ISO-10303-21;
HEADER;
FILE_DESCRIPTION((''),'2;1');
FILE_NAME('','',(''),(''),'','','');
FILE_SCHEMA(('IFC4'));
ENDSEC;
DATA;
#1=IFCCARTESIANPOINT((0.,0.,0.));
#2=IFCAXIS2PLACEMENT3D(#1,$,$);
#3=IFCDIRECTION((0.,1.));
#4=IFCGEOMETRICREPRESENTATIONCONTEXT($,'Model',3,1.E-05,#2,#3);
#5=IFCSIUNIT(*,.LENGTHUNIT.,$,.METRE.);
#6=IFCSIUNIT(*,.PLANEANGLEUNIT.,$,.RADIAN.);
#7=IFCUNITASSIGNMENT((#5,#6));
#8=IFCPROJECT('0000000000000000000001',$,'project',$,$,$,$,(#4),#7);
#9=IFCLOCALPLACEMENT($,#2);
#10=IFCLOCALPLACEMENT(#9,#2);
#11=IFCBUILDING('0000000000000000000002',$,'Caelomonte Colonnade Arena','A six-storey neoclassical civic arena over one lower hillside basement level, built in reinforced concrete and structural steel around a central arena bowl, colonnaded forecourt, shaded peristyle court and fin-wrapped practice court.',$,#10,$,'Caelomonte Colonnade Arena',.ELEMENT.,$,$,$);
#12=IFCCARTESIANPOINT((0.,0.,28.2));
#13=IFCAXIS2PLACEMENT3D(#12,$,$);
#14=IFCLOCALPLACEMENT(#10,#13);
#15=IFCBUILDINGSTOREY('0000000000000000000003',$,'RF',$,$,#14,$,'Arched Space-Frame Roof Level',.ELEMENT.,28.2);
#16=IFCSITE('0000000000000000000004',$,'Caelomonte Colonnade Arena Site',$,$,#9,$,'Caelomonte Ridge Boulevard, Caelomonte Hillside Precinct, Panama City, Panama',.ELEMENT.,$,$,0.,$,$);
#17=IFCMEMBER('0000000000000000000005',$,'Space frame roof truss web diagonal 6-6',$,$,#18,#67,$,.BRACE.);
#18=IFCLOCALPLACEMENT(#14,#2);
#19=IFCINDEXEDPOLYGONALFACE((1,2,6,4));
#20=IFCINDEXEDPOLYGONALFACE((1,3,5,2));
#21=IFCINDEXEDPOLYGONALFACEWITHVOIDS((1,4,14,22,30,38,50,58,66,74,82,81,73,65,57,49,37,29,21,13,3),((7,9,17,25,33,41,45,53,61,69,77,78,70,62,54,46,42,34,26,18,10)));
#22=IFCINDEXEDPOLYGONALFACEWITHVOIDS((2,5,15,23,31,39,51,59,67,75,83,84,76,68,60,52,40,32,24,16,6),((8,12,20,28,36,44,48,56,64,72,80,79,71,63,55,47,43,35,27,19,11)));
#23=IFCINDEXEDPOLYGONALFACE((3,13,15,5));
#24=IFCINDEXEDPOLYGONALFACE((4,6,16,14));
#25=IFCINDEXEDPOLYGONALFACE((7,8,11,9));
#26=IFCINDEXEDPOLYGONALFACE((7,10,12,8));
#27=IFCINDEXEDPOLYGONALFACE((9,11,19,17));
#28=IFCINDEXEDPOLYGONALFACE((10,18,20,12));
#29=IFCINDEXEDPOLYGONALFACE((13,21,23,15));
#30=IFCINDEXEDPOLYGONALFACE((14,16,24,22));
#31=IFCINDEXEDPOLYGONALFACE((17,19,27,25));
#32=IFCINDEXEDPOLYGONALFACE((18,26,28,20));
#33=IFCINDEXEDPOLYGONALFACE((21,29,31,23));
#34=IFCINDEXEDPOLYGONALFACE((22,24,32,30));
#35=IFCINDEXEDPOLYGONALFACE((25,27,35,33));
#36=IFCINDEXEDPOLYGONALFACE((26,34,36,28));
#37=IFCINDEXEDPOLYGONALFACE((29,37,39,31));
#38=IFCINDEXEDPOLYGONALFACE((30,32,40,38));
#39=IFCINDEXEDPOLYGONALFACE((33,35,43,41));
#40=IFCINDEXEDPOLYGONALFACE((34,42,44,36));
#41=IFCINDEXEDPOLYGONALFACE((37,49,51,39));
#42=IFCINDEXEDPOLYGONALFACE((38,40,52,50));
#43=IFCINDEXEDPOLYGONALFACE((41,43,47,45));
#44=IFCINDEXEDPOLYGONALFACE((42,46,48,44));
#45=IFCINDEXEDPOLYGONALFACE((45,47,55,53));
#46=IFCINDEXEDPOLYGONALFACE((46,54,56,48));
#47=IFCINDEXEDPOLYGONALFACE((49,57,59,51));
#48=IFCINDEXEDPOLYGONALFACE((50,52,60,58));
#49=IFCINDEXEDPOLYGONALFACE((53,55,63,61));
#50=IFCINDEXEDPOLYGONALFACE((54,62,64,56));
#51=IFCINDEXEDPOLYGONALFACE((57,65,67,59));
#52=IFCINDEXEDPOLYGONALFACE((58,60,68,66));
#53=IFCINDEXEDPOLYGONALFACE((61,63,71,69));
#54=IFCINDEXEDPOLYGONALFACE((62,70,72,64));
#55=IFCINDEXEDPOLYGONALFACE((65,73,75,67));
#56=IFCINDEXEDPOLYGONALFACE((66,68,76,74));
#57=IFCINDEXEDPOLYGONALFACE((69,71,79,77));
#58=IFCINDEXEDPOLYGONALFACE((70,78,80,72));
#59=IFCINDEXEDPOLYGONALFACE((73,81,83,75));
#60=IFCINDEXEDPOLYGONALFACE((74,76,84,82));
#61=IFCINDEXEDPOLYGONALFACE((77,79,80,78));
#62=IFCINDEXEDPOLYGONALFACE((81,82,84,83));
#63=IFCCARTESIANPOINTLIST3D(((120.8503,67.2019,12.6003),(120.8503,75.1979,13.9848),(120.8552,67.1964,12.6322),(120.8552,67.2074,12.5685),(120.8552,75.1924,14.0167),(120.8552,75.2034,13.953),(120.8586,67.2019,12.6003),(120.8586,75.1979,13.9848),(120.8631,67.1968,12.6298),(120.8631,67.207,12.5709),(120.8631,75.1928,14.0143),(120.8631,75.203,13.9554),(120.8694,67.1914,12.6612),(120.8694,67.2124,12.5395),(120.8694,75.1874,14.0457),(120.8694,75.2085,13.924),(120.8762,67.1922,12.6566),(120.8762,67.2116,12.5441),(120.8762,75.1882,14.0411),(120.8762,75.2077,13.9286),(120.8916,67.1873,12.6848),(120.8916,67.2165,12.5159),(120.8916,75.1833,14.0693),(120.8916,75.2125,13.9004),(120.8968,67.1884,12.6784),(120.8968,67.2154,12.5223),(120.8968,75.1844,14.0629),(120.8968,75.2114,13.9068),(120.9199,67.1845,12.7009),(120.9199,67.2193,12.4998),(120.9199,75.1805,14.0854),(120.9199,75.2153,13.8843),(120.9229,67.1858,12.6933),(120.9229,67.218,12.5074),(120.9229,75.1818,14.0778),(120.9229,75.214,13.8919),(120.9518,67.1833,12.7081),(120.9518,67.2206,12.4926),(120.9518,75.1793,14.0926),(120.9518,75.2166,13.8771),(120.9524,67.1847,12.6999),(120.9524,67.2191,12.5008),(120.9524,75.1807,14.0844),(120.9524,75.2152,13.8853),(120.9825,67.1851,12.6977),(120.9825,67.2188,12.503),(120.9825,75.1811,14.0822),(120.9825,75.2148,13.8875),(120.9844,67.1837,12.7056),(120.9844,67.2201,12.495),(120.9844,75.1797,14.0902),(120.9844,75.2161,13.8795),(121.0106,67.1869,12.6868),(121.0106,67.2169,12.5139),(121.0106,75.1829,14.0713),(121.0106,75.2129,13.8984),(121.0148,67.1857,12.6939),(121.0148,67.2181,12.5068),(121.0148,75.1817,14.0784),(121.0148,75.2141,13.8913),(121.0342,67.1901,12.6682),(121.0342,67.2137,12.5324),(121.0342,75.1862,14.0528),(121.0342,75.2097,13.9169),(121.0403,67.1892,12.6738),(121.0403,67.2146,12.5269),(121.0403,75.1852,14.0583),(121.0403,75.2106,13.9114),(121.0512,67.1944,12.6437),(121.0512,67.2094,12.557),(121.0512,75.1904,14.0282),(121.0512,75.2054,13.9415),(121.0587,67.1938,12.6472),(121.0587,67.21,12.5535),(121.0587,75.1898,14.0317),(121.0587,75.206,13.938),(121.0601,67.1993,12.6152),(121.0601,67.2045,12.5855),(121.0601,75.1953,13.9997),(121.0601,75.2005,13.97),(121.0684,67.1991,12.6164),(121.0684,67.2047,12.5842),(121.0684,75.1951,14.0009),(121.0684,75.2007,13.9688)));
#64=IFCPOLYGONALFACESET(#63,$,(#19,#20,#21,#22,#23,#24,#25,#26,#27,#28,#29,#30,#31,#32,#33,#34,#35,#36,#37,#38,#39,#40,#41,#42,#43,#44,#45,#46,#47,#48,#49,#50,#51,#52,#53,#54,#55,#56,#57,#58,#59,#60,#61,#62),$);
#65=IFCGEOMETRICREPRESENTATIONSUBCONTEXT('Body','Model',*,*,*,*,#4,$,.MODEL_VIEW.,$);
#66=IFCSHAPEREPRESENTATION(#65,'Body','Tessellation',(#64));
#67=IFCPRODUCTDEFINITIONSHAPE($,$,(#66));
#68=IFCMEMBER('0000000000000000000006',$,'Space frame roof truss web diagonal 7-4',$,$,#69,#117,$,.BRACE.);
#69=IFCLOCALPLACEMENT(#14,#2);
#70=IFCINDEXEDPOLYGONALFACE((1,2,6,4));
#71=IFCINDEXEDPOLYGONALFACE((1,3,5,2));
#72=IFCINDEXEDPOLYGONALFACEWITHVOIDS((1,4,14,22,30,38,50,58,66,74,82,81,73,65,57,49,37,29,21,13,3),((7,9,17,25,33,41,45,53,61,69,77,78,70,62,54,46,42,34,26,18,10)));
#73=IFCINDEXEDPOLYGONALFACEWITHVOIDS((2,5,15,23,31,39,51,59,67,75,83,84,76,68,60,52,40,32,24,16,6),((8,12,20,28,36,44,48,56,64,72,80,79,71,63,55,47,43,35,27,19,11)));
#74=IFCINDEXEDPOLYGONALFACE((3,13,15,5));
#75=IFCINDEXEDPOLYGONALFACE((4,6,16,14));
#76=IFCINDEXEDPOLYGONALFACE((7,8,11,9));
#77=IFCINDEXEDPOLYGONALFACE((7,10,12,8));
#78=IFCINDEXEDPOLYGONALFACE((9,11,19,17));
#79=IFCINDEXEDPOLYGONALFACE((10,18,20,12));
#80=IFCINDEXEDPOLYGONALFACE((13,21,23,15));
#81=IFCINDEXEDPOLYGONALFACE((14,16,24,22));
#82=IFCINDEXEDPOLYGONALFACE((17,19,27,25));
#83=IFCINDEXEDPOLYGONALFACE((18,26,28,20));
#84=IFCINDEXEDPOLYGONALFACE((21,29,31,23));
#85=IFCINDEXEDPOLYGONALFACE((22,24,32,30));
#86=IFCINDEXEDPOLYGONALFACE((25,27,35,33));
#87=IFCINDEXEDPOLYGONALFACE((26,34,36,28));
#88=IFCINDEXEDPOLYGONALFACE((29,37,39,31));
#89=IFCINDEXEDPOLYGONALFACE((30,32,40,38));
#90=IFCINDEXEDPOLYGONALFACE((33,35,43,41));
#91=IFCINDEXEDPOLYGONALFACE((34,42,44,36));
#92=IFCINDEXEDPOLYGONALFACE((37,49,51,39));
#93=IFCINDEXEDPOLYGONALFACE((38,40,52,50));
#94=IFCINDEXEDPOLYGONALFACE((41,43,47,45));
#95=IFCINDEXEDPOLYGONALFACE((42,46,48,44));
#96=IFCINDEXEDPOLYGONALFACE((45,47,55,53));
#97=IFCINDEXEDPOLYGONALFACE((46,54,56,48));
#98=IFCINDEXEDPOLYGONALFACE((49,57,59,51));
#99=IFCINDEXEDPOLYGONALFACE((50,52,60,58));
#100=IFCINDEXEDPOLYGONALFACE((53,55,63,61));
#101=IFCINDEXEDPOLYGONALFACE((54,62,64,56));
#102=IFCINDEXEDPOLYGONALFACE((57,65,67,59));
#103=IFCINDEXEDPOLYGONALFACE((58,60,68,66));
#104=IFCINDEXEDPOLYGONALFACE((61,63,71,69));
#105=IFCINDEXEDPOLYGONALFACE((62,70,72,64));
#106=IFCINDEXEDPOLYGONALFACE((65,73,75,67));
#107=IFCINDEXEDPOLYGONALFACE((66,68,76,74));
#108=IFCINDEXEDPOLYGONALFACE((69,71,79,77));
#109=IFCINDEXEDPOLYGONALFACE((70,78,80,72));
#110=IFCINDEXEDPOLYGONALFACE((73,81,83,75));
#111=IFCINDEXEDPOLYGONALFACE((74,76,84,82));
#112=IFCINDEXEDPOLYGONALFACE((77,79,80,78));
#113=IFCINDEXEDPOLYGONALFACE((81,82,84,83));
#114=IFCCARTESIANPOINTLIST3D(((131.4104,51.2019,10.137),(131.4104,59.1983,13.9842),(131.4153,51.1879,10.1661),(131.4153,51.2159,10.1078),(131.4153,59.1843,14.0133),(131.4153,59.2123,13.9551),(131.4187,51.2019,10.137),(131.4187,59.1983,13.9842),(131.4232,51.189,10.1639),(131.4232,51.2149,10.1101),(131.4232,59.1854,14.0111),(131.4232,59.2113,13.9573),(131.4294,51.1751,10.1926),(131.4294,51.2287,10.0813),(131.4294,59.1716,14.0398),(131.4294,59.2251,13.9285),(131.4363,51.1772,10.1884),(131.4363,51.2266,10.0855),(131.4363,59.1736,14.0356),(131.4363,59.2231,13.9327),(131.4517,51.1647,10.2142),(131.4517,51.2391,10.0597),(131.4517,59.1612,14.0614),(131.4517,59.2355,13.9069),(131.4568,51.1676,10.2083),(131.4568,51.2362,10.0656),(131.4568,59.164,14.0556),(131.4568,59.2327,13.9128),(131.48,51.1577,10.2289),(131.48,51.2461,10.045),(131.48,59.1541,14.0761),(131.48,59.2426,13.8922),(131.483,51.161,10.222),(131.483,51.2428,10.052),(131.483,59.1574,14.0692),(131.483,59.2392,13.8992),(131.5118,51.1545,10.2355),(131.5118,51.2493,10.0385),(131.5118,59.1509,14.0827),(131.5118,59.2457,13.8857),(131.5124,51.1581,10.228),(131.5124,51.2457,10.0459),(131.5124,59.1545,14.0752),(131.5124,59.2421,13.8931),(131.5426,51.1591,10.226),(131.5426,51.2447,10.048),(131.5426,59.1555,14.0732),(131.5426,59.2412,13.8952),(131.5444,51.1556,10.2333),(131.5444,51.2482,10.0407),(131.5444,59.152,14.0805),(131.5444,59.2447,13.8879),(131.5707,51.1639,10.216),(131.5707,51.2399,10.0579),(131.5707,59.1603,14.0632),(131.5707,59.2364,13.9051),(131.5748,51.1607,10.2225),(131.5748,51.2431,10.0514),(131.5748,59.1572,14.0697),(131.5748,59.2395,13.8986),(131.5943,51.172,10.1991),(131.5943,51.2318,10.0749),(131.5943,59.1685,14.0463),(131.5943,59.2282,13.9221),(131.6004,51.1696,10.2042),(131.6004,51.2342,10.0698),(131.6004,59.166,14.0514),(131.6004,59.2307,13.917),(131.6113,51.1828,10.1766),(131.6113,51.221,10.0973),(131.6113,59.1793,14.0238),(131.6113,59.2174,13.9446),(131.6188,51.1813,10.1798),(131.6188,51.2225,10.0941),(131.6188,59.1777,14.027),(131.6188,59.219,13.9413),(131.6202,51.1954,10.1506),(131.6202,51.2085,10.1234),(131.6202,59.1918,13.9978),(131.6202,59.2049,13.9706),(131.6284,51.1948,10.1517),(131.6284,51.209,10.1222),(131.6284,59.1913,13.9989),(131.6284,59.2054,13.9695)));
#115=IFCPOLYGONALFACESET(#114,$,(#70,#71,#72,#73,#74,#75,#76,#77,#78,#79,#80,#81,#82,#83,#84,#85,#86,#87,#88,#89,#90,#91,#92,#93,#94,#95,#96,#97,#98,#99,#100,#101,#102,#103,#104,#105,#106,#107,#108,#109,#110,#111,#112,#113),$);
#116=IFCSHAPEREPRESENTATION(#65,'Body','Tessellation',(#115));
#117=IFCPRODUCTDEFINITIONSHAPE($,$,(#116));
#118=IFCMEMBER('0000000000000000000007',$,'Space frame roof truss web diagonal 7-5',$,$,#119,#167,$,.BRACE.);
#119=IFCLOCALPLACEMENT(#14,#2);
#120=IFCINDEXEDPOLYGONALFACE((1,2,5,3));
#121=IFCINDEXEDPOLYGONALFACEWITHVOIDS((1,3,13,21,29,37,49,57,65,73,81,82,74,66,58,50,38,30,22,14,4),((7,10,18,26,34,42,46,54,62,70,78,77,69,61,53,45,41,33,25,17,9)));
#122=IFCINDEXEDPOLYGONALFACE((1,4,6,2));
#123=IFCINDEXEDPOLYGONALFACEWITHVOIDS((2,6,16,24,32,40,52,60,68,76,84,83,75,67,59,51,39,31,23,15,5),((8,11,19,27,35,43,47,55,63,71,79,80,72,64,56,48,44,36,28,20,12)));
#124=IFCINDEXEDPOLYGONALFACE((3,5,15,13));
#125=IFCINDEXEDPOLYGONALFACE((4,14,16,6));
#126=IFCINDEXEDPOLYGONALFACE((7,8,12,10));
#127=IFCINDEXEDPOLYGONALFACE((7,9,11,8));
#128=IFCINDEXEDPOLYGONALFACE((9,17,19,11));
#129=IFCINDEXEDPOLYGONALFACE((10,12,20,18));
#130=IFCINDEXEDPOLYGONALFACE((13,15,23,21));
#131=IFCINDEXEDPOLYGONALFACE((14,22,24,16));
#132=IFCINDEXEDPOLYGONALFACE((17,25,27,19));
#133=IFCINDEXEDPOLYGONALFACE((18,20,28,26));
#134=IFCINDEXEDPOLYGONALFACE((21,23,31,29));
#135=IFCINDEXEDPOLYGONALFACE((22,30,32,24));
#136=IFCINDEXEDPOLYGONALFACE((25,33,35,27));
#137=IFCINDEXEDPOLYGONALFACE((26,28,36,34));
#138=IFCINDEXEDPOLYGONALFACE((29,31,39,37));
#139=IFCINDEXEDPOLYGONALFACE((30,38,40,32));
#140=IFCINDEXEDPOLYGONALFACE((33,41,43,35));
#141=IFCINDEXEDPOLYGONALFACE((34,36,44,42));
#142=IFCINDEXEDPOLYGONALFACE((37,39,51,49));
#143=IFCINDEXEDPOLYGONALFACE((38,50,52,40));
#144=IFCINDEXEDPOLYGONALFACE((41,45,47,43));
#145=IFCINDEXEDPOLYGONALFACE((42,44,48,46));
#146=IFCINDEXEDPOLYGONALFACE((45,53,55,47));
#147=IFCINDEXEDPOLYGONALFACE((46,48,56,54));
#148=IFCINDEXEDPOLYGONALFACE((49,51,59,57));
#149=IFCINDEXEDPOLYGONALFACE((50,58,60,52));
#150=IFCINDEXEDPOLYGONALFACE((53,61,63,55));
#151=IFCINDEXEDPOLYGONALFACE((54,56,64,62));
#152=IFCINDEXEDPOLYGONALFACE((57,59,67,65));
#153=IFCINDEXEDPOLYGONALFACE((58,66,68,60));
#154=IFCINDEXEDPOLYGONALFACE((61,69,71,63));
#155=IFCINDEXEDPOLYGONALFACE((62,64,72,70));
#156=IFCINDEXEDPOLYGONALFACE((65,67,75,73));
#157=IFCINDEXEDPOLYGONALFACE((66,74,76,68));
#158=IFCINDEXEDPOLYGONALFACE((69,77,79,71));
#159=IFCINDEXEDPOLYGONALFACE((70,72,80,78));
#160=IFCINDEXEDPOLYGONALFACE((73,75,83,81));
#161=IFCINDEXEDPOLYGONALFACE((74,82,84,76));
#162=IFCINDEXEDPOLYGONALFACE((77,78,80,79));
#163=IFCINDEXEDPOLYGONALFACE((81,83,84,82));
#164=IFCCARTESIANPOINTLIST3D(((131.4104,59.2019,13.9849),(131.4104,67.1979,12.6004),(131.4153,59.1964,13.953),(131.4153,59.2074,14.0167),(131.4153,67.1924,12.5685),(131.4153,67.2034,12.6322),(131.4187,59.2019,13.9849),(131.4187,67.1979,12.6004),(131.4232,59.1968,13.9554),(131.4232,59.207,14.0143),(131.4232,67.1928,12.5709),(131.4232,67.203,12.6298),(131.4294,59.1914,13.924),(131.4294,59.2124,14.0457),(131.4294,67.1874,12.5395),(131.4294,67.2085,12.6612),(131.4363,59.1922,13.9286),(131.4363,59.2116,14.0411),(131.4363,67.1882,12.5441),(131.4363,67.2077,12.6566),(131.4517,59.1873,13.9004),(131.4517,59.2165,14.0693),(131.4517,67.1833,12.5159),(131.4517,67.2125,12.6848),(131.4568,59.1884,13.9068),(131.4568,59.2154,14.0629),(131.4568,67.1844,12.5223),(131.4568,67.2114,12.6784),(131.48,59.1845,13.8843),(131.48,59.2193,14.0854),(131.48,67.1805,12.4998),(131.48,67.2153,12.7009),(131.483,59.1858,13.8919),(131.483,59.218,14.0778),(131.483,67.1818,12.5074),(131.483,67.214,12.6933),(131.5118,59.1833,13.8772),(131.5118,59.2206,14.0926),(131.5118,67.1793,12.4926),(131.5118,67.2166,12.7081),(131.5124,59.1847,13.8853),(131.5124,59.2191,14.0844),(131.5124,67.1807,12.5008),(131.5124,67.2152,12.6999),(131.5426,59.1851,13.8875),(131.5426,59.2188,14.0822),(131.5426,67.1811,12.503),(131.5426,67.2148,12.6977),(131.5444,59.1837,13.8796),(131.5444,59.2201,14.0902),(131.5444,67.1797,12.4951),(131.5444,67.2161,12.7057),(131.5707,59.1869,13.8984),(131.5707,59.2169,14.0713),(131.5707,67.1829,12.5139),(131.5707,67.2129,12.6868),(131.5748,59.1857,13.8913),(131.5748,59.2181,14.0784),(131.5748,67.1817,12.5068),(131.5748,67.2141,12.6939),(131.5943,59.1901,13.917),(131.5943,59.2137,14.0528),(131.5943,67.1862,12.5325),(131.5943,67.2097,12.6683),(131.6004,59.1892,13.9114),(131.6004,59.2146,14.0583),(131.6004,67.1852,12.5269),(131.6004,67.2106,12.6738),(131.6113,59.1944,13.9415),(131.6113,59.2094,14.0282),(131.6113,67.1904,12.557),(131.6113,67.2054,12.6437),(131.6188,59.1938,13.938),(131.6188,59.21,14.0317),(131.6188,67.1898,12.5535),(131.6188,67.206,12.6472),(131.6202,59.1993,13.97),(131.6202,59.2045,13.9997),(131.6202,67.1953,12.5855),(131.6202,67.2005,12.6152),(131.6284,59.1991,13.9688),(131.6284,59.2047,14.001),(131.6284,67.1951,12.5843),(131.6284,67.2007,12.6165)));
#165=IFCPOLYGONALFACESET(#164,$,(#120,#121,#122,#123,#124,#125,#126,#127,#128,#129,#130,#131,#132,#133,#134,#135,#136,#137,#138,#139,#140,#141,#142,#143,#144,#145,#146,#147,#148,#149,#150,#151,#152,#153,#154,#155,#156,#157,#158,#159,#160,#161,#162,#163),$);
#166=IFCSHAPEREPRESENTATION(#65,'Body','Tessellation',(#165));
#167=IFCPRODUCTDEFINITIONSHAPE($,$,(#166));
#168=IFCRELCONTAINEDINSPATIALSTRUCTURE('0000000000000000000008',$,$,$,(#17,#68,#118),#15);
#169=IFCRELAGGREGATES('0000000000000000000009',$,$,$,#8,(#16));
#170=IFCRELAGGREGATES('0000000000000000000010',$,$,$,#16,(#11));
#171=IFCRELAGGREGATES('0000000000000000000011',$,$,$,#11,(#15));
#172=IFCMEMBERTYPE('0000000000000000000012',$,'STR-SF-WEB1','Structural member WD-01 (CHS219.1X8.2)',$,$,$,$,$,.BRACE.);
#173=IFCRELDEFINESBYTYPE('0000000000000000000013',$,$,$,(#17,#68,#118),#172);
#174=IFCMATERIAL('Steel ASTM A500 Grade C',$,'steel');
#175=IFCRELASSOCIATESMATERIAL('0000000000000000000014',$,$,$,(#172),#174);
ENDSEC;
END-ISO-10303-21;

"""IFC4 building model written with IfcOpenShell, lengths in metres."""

from ifc_helpers import new_model, si_unit, direction, frame, origin, origin_2d, place, context, subcontext, project, spatial, hollow_circle, extrude, material, material_profile, profile_set, type_object, element, save


model = new_model("IFC4")

# Units and contexts
model_context = context("Model", 3, precision=1e-05, world=origin(), true_north=direction((0.0, 1.0)))
body_context = subcontext(model_context, "Body", "Model", "MODEL_VIEW")
ifc_project = project(units=[si_unit("LENGTHUNIT", "METRE"), si_unit("PLANEANGLEUNIT", "RADIAN")], contexts=[model_context])

# Site, building, storey
site_placement = place(None, origin())
site = spatial("IfcSite", under=ifc_project, at=site_placement, Name="Caelomonte Colonnade Arena Site", LongName="Caelomonte Ridge Boulevard, Caelomonte Hillside Precinct, Panama City, Panama", CompositionType="ELEMENT", RefElevation=0.0)
building_placement = place(site_placement, origin())
building = spatial("IfcBuilding", under=site, at=building_placement, Name="Caelomonte Colonnade Arena", Description="A six-storey neoclassical civic arena over one lower hillside basement level, built in reinforced concrete and structural steel around a central arena bowl, colonnaded forecourt, shaded peristyle court and fin-wrapped practice court.", LongName="Caelomonte Colonnade Arena", CompositionType="ELEMENT")
storey_placement = place(building_placement, frame((0.0, 0.0, 28.2)))
storey = spatial("IfcBuildingStorey", under=building, at=storey_placement, Name="RF", LongName="Arched Space-Frame Roof Level", CompositionType="ELEMENT", Elevation=28.2)

# Members
ifc_material_1 = material(Name="Steel ASTM A500 Grade C", Category="steel")
ifc_material_profile_1 = material_profile(ifc_material_1, hollow_circle(Radius=0.1096, WallThickness=0.0083, at=origin_2d()), Name="CHS219.1X8.2")
ifc_profile_set_1 = profile_set([ifc_material_profile_1], Name="Steel ASTM A500 Grade C")
member_type_1 = type_object("IfcMemberType", Name="STR-SF-WEB1", Description="Structural member WD-01 (CHS219.1X8.2)", PredefinedType="BRACE", material=ifc_profile_set_1)
for number, where, z_axis, x_axis, name in (
    (1, (120.96, 67.2019, 12.6003), (0.0, 0.985338, 0.170611), (-1.0, 0.0, 0.0), "Space frame roof truss web diagonal 6-6"),
):
    element("IfcMember", number, at=place(storey_placement, frame(where, z_axis=z_axis, x_axis=x_axis)), inside=storey, type_object=member_type_1, Name=name, PredefinedType="BRACE", context=body_context, shape_type="SweptSolid", body=[
        extrude(hollow_circle(Radius=0.1096, WallThickness=0.0083, at=origin_2d()), origin(), (0.0, 0.0, 1.0), 8.115),
    ])
member_1_placement = place(storey_placement, frame((131.52, 51.2019, 10.137), z_axis=(0.0, 0.90113, 0.433548), x_axis=(-1.0, 0.0, 0.0)))
element("IfcMember", 2, at=member_1_placement, inside=storey, type_object=member_type_1, Name="Space frame roof truss web diagonal 7-4", PredefinedType="BRACE", context=body_context, shape_type="SweptSolid", body=[
    extrude(hollow_circle(Radius=0.1096, WallThickness=0.0083, at=origin_2d()), origin(), (0.0, 0.0, 1.0), 8.8738),
])
for number, where, z_axis, x_axis, name in (
    (3, (131.52, 59.2019, 13.9849), (0.0, 0.985338, -0.170611), (-1.0, 0.0, 0.0), "Space frame roof truss web diagonal 7-5"),
):
    element("IfcMember", number, at=place(storey_placement, frame(where, z_axis=z_axis, x_axis=x_axis)), inside=storey, type_object=member_type_1, Name=name, PredefinedType="BRACE", context=body_context, shape_type="SweptSolid", body=[
        extrude(hollow_circle(Radius=0.1096, WallThickness=0.0083, at=origin_2d()), origin(), (0.0, 0.0, 1.0), 8.115),
    ])

save(model, "model.ifc")
